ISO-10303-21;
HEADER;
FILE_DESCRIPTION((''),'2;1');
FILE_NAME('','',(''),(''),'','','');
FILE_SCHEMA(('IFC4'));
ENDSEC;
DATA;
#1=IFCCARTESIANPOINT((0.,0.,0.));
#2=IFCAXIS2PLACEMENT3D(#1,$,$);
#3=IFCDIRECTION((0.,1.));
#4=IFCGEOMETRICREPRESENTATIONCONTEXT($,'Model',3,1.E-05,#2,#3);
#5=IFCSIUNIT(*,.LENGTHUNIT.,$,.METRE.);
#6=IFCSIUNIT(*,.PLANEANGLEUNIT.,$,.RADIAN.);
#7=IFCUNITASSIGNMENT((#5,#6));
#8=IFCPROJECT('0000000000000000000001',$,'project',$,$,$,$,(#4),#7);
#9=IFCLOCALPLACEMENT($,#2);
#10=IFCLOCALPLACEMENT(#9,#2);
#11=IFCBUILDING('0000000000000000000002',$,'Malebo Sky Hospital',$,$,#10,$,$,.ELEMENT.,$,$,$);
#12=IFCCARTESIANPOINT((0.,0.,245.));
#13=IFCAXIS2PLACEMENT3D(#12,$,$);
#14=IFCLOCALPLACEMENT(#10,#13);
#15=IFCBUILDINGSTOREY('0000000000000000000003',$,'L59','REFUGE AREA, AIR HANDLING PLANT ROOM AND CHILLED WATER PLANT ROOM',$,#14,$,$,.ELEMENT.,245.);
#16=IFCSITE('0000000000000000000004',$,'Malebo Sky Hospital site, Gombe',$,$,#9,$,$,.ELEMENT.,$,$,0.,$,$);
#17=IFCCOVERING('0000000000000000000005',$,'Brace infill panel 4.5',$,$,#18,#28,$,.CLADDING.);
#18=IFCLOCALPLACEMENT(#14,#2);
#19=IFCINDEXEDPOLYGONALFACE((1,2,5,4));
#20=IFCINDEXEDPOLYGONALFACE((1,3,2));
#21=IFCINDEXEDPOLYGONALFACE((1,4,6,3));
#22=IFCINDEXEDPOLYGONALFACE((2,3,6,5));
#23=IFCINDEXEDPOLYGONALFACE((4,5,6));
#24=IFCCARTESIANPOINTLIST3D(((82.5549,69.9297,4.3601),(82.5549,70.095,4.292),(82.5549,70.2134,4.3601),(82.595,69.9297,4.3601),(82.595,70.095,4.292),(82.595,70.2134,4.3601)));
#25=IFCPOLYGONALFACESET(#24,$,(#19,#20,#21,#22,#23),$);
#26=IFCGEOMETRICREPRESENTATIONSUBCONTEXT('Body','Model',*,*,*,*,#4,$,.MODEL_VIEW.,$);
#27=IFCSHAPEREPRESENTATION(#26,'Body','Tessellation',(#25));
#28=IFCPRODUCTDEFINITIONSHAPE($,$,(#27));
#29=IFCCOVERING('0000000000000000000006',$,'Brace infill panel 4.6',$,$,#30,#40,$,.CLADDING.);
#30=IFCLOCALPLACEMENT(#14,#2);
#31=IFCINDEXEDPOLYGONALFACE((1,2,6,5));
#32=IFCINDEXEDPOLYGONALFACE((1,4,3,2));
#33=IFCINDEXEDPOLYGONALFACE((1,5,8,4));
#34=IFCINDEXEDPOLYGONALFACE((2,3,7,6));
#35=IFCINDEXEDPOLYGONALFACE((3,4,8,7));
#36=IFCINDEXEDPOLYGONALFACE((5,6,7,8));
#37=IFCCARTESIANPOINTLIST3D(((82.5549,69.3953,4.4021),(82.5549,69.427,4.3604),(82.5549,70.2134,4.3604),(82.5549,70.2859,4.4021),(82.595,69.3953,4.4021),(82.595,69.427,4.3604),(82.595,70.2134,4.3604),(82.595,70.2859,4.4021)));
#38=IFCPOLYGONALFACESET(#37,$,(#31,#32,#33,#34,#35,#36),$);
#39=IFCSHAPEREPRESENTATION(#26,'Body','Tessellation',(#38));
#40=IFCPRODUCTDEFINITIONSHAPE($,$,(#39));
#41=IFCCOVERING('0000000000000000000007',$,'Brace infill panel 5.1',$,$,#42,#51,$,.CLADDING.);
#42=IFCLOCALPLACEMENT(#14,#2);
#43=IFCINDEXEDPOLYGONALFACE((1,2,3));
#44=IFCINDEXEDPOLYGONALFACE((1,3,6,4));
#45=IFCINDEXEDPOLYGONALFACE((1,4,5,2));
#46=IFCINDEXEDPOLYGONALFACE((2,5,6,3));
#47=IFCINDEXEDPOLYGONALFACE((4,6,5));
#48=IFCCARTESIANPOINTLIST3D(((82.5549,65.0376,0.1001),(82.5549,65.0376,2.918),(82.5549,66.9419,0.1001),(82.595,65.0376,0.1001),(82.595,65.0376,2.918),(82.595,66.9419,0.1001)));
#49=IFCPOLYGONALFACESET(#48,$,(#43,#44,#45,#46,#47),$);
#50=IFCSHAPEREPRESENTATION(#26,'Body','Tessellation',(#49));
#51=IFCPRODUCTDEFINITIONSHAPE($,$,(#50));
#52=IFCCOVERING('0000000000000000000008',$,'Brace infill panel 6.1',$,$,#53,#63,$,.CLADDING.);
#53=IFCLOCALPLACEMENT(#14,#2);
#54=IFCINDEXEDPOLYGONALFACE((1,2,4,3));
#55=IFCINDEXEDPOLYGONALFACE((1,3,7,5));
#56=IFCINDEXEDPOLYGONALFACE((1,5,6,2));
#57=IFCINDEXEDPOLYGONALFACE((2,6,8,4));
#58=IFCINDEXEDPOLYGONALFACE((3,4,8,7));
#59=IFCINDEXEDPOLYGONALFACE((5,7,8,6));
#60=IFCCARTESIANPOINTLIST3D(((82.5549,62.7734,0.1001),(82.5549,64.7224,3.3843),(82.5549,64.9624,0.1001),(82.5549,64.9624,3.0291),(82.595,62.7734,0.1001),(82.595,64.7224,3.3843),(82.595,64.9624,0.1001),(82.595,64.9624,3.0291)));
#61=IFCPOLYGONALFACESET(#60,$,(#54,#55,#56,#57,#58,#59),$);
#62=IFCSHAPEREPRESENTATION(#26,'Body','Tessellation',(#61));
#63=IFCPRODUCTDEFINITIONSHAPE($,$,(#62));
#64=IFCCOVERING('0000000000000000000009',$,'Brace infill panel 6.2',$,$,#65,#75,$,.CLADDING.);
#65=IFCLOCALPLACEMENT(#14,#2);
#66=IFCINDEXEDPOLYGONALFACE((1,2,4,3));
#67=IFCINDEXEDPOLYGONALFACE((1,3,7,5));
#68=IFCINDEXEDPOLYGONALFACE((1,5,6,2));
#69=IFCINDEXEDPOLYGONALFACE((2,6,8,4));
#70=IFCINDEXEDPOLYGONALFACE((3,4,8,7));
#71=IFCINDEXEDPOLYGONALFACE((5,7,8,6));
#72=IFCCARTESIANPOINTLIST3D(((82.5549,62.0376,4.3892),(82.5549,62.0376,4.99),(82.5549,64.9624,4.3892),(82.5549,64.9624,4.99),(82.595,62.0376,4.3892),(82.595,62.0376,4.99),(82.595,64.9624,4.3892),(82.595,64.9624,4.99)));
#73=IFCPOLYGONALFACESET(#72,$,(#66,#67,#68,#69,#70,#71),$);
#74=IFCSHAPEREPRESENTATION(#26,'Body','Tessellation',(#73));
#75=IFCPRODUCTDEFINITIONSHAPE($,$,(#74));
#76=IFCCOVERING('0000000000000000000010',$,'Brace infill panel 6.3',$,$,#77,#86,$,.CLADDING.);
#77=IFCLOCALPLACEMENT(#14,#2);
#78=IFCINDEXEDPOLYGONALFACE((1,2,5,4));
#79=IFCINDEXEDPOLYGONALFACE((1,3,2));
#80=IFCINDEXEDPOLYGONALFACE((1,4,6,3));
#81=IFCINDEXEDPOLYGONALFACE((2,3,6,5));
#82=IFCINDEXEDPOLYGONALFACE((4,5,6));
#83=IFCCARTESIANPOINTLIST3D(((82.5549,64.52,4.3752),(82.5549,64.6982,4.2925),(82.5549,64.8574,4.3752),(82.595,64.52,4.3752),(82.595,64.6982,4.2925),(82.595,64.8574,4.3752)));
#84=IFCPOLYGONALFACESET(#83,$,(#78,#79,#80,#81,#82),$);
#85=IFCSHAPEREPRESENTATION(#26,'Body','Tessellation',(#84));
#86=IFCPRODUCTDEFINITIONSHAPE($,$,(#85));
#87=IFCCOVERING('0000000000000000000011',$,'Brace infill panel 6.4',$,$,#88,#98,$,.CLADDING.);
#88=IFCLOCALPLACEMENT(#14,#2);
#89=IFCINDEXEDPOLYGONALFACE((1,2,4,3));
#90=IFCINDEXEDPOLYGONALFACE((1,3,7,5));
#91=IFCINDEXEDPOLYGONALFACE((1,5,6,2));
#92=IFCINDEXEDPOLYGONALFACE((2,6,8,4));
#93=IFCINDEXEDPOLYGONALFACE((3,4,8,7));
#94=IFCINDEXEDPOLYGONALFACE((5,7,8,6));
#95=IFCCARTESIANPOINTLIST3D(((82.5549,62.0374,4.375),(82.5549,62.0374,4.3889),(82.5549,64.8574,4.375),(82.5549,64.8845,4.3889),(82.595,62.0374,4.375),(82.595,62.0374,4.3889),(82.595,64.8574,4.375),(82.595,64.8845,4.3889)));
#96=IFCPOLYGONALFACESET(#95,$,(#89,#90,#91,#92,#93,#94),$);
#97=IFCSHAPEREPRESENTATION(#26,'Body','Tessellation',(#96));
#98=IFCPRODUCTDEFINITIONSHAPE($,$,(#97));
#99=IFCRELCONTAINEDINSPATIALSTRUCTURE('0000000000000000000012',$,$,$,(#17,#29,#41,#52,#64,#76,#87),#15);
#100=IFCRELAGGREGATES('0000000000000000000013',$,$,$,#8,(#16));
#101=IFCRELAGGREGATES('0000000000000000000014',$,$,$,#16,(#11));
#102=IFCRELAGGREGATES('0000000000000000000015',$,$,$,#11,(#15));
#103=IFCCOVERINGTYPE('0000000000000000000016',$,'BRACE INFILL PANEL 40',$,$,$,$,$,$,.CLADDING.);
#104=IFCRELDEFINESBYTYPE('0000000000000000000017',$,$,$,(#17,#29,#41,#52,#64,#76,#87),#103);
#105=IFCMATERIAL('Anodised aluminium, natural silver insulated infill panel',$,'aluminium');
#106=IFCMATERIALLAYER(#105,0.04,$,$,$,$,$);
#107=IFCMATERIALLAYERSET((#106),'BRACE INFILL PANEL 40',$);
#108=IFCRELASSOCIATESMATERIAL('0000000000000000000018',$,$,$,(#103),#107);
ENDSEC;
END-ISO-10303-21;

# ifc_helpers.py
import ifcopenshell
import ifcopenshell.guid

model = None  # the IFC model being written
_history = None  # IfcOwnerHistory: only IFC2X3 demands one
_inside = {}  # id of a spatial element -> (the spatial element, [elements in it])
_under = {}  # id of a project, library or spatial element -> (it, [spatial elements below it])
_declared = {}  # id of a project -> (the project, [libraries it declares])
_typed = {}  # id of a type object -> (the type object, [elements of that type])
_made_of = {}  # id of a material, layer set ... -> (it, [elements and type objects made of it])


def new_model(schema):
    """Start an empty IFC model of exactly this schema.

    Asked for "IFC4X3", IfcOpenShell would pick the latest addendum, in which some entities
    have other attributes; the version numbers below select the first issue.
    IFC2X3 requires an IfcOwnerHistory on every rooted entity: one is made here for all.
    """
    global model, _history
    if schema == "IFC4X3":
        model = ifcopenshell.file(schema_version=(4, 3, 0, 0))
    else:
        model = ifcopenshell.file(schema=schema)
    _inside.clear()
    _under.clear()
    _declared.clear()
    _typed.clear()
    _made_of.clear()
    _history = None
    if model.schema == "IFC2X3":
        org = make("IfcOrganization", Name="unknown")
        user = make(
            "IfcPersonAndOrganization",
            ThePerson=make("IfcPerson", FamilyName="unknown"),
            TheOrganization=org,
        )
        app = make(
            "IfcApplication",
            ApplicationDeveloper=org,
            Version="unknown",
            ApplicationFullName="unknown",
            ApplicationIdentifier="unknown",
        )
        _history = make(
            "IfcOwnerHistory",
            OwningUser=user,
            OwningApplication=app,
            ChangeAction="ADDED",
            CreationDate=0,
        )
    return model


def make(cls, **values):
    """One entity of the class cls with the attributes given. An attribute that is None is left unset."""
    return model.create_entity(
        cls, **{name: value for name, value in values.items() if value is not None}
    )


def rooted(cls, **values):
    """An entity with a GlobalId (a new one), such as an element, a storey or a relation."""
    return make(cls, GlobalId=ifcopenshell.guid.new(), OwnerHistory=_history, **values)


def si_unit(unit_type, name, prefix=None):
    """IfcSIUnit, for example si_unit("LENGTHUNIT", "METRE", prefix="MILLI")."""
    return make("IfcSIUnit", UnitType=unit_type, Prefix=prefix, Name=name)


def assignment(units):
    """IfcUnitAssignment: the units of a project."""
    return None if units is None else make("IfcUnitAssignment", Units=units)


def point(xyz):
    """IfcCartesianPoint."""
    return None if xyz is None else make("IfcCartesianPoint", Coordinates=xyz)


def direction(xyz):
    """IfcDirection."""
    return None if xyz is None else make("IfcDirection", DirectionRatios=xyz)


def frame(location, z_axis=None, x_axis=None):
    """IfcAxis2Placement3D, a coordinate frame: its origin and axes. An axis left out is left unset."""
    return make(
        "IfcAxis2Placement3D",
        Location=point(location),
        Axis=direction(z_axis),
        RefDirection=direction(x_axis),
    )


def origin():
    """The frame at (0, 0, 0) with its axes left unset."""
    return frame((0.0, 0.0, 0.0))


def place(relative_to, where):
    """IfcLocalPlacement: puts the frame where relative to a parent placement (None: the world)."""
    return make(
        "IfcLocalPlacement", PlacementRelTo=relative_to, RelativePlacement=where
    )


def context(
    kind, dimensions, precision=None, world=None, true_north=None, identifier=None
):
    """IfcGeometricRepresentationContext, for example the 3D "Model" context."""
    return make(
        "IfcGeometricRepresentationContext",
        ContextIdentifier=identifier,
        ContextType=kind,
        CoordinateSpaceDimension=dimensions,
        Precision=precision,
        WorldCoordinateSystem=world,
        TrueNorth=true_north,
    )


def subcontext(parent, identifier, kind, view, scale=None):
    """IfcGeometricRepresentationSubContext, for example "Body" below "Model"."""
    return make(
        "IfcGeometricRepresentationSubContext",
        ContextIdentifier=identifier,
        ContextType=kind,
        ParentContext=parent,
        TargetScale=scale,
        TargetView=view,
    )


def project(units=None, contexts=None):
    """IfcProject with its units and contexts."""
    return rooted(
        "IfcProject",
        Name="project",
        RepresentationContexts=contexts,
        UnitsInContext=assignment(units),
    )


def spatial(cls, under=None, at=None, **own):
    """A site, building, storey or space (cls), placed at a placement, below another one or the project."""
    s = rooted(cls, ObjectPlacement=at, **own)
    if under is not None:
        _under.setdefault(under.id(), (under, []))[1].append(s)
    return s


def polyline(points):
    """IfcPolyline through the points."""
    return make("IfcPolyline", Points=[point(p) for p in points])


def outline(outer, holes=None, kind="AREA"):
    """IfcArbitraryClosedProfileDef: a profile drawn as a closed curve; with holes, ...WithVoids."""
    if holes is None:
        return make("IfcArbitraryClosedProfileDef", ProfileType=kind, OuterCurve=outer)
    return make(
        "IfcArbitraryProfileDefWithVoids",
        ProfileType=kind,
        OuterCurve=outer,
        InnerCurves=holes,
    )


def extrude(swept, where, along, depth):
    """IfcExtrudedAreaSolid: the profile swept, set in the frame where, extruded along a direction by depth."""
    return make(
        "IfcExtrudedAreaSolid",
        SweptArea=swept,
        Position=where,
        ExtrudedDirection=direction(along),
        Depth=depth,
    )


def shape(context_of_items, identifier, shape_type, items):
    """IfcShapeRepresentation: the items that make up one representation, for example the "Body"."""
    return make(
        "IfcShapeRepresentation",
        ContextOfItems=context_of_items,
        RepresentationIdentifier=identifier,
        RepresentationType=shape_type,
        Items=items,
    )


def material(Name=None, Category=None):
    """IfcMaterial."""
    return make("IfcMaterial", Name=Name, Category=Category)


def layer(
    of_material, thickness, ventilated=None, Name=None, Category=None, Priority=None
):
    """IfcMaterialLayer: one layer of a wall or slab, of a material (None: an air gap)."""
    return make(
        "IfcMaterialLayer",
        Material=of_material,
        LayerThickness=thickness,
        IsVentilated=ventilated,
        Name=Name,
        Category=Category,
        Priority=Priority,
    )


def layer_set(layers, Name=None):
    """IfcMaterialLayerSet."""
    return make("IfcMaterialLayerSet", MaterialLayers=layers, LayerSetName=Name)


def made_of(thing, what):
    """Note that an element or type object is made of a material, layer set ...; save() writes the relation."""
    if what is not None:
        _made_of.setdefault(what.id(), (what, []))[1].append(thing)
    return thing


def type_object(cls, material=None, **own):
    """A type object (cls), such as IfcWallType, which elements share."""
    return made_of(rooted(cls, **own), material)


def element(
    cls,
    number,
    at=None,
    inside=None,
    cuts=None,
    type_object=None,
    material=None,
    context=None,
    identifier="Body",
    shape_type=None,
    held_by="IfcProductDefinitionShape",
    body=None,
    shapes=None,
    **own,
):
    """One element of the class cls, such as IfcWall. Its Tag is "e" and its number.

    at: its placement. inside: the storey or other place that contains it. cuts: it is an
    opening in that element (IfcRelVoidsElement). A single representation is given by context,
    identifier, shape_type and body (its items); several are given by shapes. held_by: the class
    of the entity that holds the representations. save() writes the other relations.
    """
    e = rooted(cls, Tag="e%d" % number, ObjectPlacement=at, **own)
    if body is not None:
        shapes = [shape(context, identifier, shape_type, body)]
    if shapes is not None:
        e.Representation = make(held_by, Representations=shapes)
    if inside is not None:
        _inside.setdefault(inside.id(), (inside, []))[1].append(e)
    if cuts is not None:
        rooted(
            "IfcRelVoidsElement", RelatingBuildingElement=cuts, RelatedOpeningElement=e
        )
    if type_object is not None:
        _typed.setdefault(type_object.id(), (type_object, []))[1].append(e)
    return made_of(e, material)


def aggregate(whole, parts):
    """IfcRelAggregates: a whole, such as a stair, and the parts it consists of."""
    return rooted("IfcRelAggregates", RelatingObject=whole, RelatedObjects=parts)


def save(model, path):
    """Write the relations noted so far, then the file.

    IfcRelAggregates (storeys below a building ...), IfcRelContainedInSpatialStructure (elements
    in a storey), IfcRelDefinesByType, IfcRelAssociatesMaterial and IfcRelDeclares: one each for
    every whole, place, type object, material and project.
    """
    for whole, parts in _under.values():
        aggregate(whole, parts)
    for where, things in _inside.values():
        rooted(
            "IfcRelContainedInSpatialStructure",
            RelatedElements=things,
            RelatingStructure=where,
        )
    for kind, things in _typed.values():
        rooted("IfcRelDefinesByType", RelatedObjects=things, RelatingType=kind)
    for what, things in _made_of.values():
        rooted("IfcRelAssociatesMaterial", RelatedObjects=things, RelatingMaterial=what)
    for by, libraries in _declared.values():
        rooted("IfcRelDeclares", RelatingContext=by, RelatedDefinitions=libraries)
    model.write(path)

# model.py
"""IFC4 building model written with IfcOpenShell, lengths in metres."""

from ifc_helpers import new_model, si_unit, direction, frame, origin, place, context, subcontext, project, spatial, polyline, outline, extrude, material, layer, layer_set, type_object, element, save


model = new_model("IFC4")

# Units and contexts
model_context = context("Model", 3, precision=1e-05, world=origin(), true_north=direction((0.0, 1.0)))
body_context = subcontext(model_context, "Body", "Model", "MODEL_VIEW")
ifc_project = project(units=[si_unit("LENGTHUNIT", "METRE"), si_unit("PLANEANGLEUNIT", "RADIAN")], contexts=[model_context])

# Site, building, storey
site_placement = place(None, origin())
site = spatial("IfcSite", under=ifc_project, at=site_placement, Name="Malebo Sky Hospital site, Gombe", CompositionType="ELEMENT", RefElevation=0.0)
building_placement = place(site_placement, origin())
building = spatial("IfcBuilding", under=site, at=building_placement, Name="Malebo Sky Hospital", CompositionType="ELEMENT")
storey_placement = place(building_placement, frame((0.0, 0.0, 245.0)))
storey = spatial("IfcBuildingStorey", under=building, at=storey_placement, Name="L59", Description="REFUGE AREA, AIR HANDLING PLANT ROOM AND CHILLED WATER PLANT ROOM", CompositionType="ELEMENT", Elevation=245.0)

# Coverings
ifc_material_1 = material(Name="Anodised aluminium, natural silver insulated infill panel", Category="aluminium")
ifc_layer_1 = layer(ifc_material_1, 0.04)
ifc_layer_set_1 = layer_set([ifc_layer_1], Name="BRACE INFILL PANEL 40")
covering_type = type_object("IfcCoveringType", Name="BRACE INFILL PANEL 40", PredefinedType="CLADDING", material=ifc_layer_set_1)
covering_1_placement = place(storey_placement, frame((82.575, 70.0715, 4.292), z_axis=(0.0, 0.0, 1.0), x_axis=(0.0, -1.0, 0.0)))
element("IfcCovering", 1, at=covering_1_placement, inside=storey, type_object=covering_type, Name="Brace infill panel 4.5", PredefinedType="CLADDING", context=body_context, shape_type="SweptSolid", body=[
    extrude(outline(polyline([(-0.0234, 0.0), (0.1418, 0.0681), (-0.1418, 0.0681), (-0.0234, 0.0)])), frame((0.0, 0.02, 0.0), z_axis=(0.0, -1.0, 0.0), x_axis=(1.0, 0.0, 0.0)), (0.0, 0.0, 1.0), 0.04),
])
covering_2_placement = place(storey_placement, frame((82.575, 69.8406, 4.3604), z_axis=(0.0, 0.0, 1.0), x_axis=(0.0, -1.0, 0.0)))
element("IfcCovering", 2, at=covering_2_placement, inside=storey, type_object=covering_type, Name="Brace infill panel 4.6", PredefinedType="CLADDING", context=body_context, shape_type="SweptSolid", body=[
    extrude(outline(polyline([(-0.3728, 0.0), (0.4136, 0.0), (0.4453, 0.0417), (-0.4453, 0.0417), (-0.3728, 0.0)])), frame((0.0, 0.02, 0.0), z_axis=(0.0, -1.0, 0.0), x_axis=(1.0, 0.0, 0.0)), (0.0, 0.0, 1.0), 0.04),
])
covering_3_placement = place(storey_placement, frame((82.575, 65.9897, 0.1001), z_axis=(0.0, 0.0, 1.0), x_axis=(0.0, -1.0, 0.0)))
element("IfcCovering", 3, at=covering_3_placement, inside=storey, type_object=covering_type, Name="Brace infill panel 5.1", PredefinedType="CLADDING", context=body_context, shape_type="SweptSolid", body=[
    extrude(outline(polyline([(-0.9521, 0.0), (0.9521, 0.0), (0.9521, 2.8179), (-0.9521, 0.0)])), frame((0.0, 0.02, 0.0), z_axis=(0.0, -1.0, 0.0), x_axis=(1.0, 0.0, 0.0)), (0.0, 0.0, 1.0), 0.04),
])
covering_4_placement = place(storey_placement, frame((82.575, 63.8679, 0.1001), z_axis=(0.0, 0.0, 1.0), x_axis=(0.0, -1.0, 0.0)))
element("IfcCovering", 4, at=covering_4_placement, inside=storey, type_object=covering_type, Name="Brace infill panel 6.1", PredefinedType="CLADDING", context=body_context, shape_type="SweptSolid", body=[
    extrude(outline(polyline([(-1.0945, 0.0), (1.0945, 0.0), (-0.8545, 3.2842), (-1.0945, 2.929), (-1.0945, 0.0)])), frame((0.0, 0.02, 0.0), z_axis=(0.0, -1.0, 0.0), x_axis=(1.0, 0.0, 0.0)), (0.0, 0.0, 1.0), 0.04),
])
covering_5_placement = place(storey_placement, frame((82.575, 63.5, 4.3892), z_axis=(0.0, 0.0, 1.0), x_axis=(0.0, -1.0, 0.0)))
element("IfcCovering", 5, at=covering_5_placement, inside=storey, type_object=covering_type, Name="Brace infill panel 6.2", PredefinedType="CLADDING", context=body_context, shape_type="SweptSolid", body=[
    extrude(outline(polyline([(-1.4624, 0.0), (1.4624, 0.0), (1.4624, 0.6008), (-1.4624, 0.6008), (-1.4624, 0.0)])), frame((0.0, 0.02, 0.0), z_axis=(0.0, -1.0, 0.0), x_axis=(1.0, 0.0, 0.0)), (0.0, 0.0, 1.0), 0.04),
])
covering_6_placement = place(storey_placement, frame((82.575, 64.6887, 4.2925), z_axis=(0.0, 0.0, 1.0), x_axis=(0.0, -1.0, 0.0)))
element("IfcCovering", 6, at=covering_6_placement, inside=storey, type_object=covering_type, Name="Brace infill panel 6.3", PredefinedType="CLADDING", context=body_context, shape_type="SweptSolid", body=[
    extrude(outline(polyline([(-0.0095, 0.0), (0.1687, 0.0828), (-0.1687, 0.0828), (-0.0095, 0.0)])), frame((0.0, 0.02, 0.0), z_axis=(0.0, -1.0, 0.0), x_axis=(1.0, 0.0, 0.0)), (0.0, 0.0, 1.0), 0.04),
])
covering_7_placement = place(storey_placement, frame((82.575, 63.4609, 4.375), z_axis=(0.0, 0.0, 1.0), x_axis=(0.0, -1.0, 0.0)))
element("IfcCovering", 7, at=covering_7_placement, inside=storey, type_object=covering_type, Name="Brace infill panel 6.4", PredefinedType="CLADDING", context=body_context, shape_type="SweptSolid", body=[
    extrude(outline(polyline([(-1.3965, 0.0), (1.4236, 0.0), (1.4236, 0.0139), (-1.4236, 0.0139), (-1.3965, 0.0)])), frame((0.0, 0.02, 0.0), z_axis=(0.0, -1.0, 0.0), x_axis=(1.0, 0.0, 0.0)), (0.0, 0.0, 1.0), 0.04),
])

save(model, "model.ifc")
